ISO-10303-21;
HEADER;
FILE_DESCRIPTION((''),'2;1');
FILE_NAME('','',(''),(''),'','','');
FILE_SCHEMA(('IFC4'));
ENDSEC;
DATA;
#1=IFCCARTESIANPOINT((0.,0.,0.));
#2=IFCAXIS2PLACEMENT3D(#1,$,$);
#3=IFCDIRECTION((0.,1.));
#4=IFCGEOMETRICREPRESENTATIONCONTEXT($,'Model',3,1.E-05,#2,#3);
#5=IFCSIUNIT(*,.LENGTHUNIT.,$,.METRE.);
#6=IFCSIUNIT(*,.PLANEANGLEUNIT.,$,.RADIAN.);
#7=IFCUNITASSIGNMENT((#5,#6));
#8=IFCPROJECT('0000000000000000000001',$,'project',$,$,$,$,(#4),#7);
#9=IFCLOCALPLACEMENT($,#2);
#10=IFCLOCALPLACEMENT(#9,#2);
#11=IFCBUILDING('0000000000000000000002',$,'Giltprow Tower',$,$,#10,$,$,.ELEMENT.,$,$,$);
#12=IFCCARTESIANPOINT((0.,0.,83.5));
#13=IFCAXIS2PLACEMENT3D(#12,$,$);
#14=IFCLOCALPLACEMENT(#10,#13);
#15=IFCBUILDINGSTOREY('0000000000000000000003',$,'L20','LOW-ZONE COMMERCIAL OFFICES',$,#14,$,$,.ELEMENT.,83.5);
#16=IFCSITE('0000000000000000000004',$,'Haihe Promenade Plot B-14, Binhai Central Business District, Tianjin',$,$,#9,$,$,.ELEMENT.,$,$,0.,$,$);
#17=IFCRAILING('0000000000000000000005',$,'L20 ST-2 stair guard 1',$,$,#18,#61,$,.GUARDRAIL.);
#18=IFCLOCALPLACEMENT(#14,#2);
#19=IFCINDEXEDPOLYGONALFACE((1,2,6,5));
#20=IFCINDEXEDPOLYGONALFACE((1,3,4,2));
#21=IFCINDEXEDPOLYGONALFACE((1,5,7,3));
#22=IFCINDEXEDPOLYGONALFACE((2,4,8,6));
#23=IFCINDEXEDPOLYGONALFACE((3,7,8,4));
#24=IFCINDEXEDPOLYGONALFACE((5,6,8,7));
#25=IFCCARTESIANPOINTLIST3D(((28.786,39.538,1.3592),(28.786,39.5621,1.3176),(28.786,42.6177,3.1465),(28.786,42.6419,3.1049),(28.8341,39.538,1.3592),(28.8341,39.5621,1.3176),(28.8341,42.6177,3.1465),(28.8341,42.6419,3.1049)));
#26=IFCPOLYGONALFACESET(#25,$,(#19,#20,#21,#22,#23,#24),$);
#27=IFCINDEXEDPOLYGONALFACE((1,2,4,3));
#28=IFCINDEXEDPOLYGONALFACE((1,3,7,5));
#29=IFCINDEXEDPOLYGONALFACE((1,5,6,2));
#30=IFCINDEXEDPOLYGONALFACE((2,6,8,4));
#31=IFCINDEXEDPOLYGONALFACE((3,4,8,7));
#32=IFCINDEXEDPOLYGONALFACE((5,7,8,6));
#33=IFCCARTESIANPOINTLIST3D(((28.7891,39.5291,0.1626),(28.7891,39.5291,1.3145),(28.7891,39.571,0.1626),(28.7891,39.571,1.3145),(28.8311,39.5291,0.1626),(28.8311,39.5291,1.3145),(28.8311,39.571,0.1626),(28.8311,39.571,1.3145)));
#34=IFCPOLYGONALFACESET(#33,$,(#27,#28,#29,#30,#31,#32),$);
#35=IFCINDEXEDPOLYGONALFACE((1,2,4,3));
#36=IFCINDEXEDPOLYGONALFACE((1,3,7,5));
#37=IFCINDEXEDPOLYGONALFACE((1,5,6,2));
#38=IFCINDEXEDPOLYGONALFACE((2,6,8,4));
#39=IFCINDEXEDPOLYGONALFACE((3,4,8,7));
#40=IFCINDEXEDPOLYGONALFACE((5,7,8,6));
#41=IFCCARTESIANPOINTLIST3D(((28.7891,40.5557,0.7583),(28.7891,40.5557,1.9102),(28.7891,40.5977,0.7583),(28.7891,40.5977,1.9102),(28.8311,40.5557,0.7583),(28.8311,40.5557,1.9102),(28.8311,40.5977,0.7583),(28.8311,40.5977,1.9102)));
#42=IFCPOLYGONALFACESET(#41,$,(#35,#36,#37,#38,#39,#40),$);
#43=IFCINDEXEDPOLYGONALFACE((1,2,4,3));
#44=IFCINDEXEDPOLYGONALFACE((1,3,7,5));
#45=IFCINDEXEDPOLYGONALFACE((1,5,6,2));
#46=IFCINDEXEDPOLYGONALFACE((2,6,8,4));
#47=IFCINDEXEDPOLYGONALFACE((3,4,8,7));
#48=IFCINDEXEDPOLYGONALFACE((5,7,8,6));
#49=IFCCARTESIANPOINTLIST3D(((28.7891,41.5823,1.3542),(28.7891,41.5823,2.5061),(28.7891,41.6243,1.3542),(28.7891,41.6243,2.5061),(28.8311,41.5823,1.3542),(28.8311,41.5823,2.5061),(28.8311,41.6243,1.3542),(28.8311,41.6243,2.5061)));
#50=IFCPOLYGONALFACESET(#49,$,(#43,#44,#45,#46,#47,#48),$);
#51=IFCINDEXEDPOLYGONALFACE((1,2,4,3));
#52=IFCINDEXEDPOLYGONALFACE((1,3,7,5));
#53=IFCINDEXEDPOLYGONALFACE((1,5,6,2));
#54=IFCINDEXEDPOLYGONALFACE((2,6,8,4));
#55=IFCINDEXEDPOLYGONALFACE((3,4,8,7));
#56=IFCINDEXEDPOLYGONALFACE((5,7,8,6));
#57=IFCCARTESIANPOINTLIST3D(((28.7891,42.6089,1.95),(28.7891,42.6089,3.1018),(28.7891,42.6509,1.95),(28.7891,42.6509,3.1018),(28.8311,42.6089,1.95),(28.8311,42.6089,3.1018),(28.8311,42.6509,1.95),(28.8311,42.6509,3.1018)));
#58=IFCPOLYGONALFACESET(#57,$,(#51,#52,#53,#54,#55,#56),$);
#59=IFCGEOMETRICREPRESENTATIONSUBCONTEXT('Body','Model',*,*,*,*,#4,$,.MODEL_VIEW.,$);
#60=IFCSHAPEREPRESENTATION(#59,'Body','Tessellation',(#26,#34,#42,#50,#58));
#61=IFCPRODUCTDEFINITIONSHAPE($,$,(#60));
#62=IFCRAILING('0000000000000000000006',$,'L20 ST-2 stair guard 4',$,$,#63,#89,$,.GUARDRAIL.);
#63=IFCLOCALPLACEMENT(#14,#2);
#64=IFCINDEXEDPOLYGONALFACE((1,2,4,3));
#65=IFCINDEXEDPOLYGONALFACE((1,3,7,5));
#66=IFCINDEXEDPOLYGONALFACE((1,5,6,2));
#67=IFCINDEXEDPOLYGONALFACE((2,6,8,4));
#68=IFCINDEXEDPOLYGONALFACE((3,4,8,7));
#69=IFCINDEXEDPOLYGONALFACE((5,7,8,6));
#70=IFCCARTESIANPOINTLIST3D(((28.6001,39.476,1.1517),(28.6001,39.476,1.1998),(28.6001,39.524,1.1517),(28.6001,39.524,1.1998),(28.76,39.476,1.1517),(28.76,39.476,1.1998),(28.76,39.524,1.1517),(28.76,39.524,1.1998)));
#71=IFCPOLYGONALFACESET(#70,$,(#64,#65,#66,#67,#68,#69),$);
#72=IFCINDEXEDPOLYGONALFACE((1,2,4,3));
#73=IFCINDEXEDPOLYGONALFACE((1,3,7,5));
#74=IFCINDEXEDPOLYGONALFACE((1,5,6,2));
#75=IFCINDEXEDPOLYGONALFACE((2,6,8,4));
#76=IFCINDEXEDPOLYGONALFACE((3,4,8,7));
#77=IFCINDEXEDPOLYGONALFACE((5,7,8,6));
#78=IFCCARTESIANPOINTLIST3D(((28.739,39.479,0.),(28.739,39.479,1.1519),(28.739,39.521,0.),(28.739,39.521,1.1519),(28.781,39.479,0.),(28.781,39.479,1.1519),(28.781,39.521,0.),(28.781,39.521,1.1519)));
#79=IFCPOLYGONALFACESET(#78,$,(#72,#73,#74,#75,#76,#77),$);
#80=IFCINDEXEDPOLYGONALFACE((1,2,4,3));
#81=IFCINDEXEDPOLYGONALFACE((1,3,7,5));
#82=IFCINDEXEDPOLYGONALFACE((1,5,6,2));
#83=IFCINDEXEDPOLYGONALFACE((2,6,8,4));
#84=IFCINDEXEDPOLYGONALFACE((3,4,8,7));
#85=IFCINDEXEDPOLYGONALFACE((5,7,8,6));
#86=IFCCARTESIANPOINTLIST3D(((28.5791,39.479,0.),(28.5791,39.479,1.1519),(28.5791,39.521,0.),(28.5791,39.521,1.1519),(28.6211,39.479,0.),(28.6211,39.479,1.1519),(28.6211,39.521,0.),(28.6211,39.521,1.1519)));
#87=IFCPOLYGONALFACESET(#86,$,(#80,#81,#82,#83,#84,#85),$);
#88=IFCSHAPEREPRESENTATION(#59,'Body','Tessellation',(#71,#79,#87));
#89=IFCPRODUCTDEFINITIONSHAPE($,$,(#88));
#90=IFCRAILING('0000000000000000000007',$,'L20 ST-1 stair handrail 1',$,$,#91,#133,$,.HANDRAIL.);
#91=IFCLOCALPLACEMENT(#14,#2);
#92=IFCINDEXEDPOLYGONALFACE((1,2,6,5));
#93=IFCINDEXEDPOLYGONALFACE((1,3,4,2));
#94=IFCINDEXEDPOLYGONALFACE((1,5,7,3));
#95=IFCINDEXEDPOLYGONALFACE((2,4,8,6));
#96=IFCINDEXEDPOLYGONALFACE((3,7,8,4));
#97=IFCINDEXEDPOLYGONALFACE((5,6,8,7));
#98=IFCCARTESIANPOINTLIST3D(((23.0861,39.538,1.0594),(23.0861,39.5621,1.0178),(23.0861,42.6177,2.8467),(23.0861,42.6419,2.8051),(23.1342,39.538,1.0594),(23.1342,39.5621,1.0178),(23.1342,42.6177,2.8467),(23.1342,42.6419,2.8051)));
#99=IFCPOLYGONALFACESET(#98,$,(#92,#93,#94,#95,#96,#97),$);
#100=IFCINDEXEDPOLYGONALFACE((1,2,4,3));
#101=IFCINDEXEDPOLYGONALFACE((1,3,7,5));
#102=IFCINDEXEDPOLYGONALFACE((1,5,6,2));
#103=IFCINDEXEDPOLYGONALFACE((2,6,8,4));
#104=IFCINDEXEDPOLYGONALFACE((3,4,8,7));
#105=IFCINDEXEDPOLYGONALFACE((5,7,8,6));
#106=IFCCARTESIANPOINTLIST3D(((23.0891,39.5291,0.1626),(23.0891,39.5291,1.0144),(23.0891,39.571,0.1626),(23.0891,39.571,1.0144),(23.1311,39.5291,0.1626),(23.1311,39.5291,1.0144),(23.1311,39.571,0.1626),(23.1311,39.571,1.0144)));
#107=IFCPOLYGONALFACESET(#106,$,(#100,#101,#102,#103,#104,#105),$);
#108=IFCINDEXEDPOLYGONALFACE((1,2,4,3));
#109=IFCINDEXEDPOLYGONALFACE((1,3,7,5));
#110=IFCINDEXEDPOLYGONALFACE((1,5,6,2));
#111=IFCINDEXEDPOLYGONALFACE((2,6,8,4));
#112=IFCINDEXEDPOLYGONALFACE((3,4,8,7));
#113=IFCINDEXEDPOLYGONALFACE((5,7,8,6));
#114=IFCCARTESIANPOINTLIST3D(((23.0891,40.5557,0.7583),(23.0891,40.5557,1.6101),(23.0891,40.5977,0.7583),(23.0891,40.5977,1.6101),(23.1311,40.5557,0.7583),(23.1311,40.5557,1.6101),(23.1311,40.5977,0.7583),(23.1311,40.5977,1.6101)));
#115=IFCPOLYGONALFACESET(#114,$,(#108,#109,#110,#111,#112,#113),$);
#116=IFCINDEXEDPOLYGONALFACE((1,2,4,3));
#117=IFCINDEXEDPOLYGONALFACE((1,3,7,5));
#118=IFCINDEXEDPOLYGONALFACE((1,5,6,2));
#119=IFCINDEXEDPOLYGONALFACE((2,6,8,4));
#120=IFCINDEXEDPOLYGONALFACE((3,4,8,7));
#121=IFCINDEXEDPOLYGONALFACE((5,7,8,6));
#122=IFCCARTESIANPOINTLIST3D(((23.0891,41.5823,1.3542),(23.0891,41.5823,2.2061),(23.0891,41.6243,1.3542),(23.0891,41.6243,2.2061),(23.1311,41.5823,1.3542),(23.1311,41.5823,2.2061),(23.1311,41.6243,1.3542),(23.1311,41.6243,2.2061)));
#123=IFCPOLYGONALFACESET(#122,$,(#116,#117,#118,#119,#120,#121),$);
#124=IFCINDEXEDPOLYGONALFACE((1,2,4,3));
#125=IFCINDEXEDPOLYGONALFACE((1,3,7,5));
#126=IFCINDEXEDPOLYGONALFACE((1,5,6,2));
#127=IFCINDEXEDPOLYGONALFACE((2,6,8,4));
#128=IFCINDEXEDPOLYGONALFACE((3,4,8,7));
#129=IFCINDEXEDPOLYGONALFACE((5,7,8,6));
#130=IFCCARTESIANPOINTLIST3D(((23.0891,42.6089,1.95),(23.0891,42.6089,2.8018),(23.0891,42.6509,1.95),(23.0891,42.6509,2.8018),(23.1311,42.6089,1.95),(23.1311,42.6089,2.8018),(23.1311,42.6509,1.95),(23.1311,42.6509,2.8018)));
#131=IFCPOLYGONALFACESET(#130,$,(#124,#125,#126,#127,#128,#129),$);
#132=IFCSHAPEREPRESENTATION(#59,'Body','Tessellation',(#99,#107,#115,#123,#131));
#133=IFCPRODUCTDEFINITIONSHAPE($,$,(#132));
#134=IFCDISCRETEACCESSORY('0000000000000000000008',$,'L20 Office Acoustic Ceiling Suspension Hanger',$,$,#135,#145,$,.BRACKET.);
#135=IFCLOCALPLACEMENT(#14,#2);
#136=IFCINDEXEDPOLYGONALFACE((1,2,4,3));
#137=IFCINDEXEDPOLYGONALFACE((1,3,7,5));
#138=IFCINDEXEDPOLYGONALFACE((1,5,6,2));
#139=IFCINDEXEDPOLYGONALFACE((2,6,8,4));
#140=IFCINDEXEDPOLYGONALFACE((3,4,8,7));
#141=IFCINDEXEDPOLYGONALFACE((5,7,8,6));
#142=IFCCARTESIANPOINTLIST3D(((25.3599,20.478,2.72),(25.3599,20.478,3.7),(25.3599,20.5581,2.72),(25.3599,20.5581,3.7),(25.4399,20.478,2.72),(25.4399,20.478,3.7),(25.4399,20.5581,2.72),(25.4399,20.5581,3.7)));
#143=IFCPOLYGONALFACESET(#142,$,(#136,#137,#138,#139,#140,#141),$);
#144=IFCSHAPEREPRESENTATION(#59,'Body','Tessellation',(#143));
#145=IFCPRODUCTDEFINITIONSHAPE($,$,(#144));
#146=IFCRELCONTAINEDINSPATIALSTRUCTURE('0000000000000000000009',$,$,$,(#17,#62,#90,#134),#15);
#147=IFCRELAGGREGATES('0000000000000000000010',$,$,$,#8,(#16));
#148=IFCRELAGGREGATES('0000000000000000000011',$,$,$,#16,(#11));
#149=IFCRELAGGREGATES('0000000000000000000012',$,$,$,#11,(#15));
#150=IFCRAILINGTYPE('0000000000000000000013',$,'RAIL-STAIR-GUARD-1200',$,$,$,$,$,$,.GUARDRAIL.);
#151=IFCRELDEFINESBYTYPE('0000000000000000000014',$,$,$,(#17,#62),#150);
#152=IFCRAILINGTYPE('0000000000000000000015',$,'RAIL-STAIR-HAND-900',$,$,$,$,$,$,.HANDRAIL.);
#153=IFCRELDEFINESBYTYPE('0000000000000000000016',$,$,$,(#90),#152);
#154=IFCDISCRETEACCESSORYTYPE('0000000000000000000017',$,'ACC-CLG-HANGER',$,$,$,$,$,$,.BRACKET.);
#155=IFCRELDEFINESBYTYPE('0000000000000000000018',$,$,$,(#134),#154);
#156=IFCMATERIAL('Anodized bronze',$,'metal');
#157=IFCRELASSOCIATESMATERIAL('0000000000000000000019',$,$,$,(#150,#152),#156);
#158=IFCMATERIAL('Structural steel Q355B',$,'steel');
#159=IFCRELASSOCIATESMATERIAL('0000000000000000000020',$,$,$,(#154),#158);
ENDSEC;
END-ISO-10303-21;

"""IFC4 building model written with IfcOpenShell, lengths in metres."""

from ifc_helpers import new_model, si_unit, direction, frame, origin, origin_2d, place, context, subcontext, project, spatial, rectangle, extrude, source, transform, mapped, material, type_object, element, save


model = new_model("IFC4")

# Units and contexts
model_context = context("Model", 3, precision=1e-05, world=origin(), true_north=direction((0.0, 1.0)))
body_context = subcontext(model_context, "Body", "Model", "MODEL_VIEW")
ifc_project = project(units=[si_unit("LENGTHUNIT", "METRE"), si_unit("PLANEANGLEUNIT", "RADIAN")], contexts=[model_context])

# Site, building, storey
site_placement = place(None, origin())
site = spatial("IfcSite", under=ifc_project, at=site_placement, Name="Haihe Promenade Plot B-14, Binhai Central Business District, Tianjin", CompositionType="ELEMENT", RefElevation=0.0)
building_placement = place(site_placement, origin())
building = spatial("IfcBuilding", under=site, at=building_placement, Name="Giltprow Tower", CompositionType="ELEMENT")
storey_placement = place(building_placement, frame((0.0, 0.0, 83.5)))
storey = spatial("IfcBuildingStorey", under=building, at=storey_placement, Name="L20", Description="LOW-ZONE COMMERCIAL OFFICES", CompositionType="ELEMENT", Elevation=83.5)

# Shared definitions
ifc_material_1 = material(Name="Structural steel Q355B", Category="steel")

# Railings
ifc_material_2 = material(Name="Anodized bronze", Category="metal")
railing_type_1 = type_object("IfcRailingType", Name="RAIL-STAIR-GUARD-1200", PredefinedType="GUARDRAIL", material=ifc_material_2)
railing_1_placement = place(storey_placement, frame((28.8101, 39.55, 0.1626)))
element("IfcRailing", 1, at=railing_1_placement, inside=storey, type_object=railing_type_1, Name="L20 ST-2 stair guard 1", PredefinedType="GUARDRAIL", context=body_context, shape_type="SweptSolid", body=[
    extrude(rectangle(XDim=0.0481, YDim=0.0481, at=origin_2d()), frame((0.0, 0.0, 1.1758), z_axis=(0.0, 0.864903, 0.501939), x_axis=(-1.0, 0.0, 0.0)), (0.0, 0.0, 1.0), 3.5608),
    extrude(rectangle(XDim=0.042, YDim=0.042, at=origin_2d()), origin(), (0.0, 0.0, 1.0), 1.1519),
    extrude(rectangle(XDim=0.042, YDim=0.042, at=origin_2d()), frame((0.0, 1.0266, 0.5957)), (0.0, 0.0, 1.0), 1.1519),
    extrude(rectangle(XDim=0.042, YDim=0.042, at=origin_2d()), frame((0.0, 2.0532, 1.1917)), (0.0, 0.0, 1.0), 1.1519),
    extrude(rectangle(XDim=0.042, YDim=0.042, at=origin_2d()), frame((0.0, 3.0798, 1.7874)), (0.0, 0.0, 1.0), 1.1519),
])
railing_2_placement = place(storey_placement, frame((28.76, 39.5, 0.0)))
element("IfcRailing", 2, at=railing_2_placement, inside=storey, type_object=railing_type_1, Name="L20 ST-2 stair guard 4", PredefinedType="GUARDRAIL", context=body_context, shape_type="SweptSolid", body=[
    extrude(rectangle(XDim=0.0481, YDim=0.0481, at=origin_2d()), frame((0.0, 0.0, 1.1758), z_axis=(-1.0, 0.0, 0.0), x_axis=(0.0, -1.0, 0.0)), (0.0, 0.0, 1.0), 0.1599),
    extrude(rectangle(XDim=0.042, YDim=0.042, at=origin_2d()), origin(), (0.0, 0.0, 1.0), 1.1519),
    extrude(rectangle(XDim=0.042, YDim=0.042, at=origin_2d()), frame((-0.1599, 0.0, 0.0)), (0.0, 0.0, 1.0), 1.1519),
])
railing_type_2 = type_object("IfcRailingType", Name="RAIL-STAIR-HAND-900", PredefinedType="HANDRAIL", material=ifc_material_2)
railing_3_placement = place(storey_placement, frame((23.1101, 39.55, 0.1626)))
element("IfcRailing", 3, at=railing_3_placement, inside=storey, type_object=railing_type_2, Name="L20 ST-1 stair handrail 1", PredefinedType="HANDRAIL", context=body_context, shape_type="SweptSolid", body=[
    extrude(rectangle(XDim=0.0481, YDim=0.0481, at=origin_2d()), frame((0.0, 0.0, 0.876), z_axis=(0.0, 0.864903, 0.501939), x_axis=(-1.0, 0.0, 0.0)), (0.0, 0.0, 1.0), 3.5608),
    extrude(rectangle(XDim=0.042, YDim=0.042, at=origin_2d()), origin(), (0.0, 0.0, 1.0), 0.8518),
    extrude(rectangle(XDim=0.042, YDim=0.042, at=origin_2d()), frame((0.0, 1.0266, 0.5957)), (0.0, 0.0, 1.0), 0.8518),
    extrude(rectangle(XDim=0.042, YDim=0.042, at=origin_2d()), frame((0.0, 2.0532, 1.1917)), (0.0, 0.0, 1.0), 0.8518),
    extrude(rectangle(XDim=0.042, YDim=0.042, at=origin_2d()), frame((0.0, 3.0798, 1.7874)), (0.0, 0.0, 1.0), 0.8518),
])

# Discrete accessory
discrete_accessory_type = type_object("IfcDiscreteAccessoryType", Name="ACC-CLG-HANGER", PredefinedType="BRACKET", material=ifc_material_1)
shared_shape_1 = source(origin(), body_context, "Body", "SweptSolid", [
    extrude(rectangle(XDim=0.0801, YDim=0.0801, at=origin_2d()), origin(), (0.0, 0.0, 1.0), 0.98),
])
discrete_accessory_placement = place(storey_placement, frame((25.3999, 20.5181, 2.72), z_axis=(0.0, 0.0, 1.0), x_axis=(1.0, 0.0, 0.0)))
element("IfcDiscreteAccessory", 4, at=discrete_accessory_placement, inside=storey, type_object=discrete_accessory_type, Name="L20 Office Acoustic Ceiling Suspension Hanger", PredefinedType="BRACKET", context=body_context, shape_type="MappedRepresentation", body=[
    mapped(shared_shape_1, transform((0.0, 0.0, 0.0), x_axis=(1.0, 0.0, 0.0), y_axis=(0.0, 1.0, 0.0), z_axis=(0.0, 0.0, 1.0), scale=1.0)),
])

save(model, "model.ifc")
